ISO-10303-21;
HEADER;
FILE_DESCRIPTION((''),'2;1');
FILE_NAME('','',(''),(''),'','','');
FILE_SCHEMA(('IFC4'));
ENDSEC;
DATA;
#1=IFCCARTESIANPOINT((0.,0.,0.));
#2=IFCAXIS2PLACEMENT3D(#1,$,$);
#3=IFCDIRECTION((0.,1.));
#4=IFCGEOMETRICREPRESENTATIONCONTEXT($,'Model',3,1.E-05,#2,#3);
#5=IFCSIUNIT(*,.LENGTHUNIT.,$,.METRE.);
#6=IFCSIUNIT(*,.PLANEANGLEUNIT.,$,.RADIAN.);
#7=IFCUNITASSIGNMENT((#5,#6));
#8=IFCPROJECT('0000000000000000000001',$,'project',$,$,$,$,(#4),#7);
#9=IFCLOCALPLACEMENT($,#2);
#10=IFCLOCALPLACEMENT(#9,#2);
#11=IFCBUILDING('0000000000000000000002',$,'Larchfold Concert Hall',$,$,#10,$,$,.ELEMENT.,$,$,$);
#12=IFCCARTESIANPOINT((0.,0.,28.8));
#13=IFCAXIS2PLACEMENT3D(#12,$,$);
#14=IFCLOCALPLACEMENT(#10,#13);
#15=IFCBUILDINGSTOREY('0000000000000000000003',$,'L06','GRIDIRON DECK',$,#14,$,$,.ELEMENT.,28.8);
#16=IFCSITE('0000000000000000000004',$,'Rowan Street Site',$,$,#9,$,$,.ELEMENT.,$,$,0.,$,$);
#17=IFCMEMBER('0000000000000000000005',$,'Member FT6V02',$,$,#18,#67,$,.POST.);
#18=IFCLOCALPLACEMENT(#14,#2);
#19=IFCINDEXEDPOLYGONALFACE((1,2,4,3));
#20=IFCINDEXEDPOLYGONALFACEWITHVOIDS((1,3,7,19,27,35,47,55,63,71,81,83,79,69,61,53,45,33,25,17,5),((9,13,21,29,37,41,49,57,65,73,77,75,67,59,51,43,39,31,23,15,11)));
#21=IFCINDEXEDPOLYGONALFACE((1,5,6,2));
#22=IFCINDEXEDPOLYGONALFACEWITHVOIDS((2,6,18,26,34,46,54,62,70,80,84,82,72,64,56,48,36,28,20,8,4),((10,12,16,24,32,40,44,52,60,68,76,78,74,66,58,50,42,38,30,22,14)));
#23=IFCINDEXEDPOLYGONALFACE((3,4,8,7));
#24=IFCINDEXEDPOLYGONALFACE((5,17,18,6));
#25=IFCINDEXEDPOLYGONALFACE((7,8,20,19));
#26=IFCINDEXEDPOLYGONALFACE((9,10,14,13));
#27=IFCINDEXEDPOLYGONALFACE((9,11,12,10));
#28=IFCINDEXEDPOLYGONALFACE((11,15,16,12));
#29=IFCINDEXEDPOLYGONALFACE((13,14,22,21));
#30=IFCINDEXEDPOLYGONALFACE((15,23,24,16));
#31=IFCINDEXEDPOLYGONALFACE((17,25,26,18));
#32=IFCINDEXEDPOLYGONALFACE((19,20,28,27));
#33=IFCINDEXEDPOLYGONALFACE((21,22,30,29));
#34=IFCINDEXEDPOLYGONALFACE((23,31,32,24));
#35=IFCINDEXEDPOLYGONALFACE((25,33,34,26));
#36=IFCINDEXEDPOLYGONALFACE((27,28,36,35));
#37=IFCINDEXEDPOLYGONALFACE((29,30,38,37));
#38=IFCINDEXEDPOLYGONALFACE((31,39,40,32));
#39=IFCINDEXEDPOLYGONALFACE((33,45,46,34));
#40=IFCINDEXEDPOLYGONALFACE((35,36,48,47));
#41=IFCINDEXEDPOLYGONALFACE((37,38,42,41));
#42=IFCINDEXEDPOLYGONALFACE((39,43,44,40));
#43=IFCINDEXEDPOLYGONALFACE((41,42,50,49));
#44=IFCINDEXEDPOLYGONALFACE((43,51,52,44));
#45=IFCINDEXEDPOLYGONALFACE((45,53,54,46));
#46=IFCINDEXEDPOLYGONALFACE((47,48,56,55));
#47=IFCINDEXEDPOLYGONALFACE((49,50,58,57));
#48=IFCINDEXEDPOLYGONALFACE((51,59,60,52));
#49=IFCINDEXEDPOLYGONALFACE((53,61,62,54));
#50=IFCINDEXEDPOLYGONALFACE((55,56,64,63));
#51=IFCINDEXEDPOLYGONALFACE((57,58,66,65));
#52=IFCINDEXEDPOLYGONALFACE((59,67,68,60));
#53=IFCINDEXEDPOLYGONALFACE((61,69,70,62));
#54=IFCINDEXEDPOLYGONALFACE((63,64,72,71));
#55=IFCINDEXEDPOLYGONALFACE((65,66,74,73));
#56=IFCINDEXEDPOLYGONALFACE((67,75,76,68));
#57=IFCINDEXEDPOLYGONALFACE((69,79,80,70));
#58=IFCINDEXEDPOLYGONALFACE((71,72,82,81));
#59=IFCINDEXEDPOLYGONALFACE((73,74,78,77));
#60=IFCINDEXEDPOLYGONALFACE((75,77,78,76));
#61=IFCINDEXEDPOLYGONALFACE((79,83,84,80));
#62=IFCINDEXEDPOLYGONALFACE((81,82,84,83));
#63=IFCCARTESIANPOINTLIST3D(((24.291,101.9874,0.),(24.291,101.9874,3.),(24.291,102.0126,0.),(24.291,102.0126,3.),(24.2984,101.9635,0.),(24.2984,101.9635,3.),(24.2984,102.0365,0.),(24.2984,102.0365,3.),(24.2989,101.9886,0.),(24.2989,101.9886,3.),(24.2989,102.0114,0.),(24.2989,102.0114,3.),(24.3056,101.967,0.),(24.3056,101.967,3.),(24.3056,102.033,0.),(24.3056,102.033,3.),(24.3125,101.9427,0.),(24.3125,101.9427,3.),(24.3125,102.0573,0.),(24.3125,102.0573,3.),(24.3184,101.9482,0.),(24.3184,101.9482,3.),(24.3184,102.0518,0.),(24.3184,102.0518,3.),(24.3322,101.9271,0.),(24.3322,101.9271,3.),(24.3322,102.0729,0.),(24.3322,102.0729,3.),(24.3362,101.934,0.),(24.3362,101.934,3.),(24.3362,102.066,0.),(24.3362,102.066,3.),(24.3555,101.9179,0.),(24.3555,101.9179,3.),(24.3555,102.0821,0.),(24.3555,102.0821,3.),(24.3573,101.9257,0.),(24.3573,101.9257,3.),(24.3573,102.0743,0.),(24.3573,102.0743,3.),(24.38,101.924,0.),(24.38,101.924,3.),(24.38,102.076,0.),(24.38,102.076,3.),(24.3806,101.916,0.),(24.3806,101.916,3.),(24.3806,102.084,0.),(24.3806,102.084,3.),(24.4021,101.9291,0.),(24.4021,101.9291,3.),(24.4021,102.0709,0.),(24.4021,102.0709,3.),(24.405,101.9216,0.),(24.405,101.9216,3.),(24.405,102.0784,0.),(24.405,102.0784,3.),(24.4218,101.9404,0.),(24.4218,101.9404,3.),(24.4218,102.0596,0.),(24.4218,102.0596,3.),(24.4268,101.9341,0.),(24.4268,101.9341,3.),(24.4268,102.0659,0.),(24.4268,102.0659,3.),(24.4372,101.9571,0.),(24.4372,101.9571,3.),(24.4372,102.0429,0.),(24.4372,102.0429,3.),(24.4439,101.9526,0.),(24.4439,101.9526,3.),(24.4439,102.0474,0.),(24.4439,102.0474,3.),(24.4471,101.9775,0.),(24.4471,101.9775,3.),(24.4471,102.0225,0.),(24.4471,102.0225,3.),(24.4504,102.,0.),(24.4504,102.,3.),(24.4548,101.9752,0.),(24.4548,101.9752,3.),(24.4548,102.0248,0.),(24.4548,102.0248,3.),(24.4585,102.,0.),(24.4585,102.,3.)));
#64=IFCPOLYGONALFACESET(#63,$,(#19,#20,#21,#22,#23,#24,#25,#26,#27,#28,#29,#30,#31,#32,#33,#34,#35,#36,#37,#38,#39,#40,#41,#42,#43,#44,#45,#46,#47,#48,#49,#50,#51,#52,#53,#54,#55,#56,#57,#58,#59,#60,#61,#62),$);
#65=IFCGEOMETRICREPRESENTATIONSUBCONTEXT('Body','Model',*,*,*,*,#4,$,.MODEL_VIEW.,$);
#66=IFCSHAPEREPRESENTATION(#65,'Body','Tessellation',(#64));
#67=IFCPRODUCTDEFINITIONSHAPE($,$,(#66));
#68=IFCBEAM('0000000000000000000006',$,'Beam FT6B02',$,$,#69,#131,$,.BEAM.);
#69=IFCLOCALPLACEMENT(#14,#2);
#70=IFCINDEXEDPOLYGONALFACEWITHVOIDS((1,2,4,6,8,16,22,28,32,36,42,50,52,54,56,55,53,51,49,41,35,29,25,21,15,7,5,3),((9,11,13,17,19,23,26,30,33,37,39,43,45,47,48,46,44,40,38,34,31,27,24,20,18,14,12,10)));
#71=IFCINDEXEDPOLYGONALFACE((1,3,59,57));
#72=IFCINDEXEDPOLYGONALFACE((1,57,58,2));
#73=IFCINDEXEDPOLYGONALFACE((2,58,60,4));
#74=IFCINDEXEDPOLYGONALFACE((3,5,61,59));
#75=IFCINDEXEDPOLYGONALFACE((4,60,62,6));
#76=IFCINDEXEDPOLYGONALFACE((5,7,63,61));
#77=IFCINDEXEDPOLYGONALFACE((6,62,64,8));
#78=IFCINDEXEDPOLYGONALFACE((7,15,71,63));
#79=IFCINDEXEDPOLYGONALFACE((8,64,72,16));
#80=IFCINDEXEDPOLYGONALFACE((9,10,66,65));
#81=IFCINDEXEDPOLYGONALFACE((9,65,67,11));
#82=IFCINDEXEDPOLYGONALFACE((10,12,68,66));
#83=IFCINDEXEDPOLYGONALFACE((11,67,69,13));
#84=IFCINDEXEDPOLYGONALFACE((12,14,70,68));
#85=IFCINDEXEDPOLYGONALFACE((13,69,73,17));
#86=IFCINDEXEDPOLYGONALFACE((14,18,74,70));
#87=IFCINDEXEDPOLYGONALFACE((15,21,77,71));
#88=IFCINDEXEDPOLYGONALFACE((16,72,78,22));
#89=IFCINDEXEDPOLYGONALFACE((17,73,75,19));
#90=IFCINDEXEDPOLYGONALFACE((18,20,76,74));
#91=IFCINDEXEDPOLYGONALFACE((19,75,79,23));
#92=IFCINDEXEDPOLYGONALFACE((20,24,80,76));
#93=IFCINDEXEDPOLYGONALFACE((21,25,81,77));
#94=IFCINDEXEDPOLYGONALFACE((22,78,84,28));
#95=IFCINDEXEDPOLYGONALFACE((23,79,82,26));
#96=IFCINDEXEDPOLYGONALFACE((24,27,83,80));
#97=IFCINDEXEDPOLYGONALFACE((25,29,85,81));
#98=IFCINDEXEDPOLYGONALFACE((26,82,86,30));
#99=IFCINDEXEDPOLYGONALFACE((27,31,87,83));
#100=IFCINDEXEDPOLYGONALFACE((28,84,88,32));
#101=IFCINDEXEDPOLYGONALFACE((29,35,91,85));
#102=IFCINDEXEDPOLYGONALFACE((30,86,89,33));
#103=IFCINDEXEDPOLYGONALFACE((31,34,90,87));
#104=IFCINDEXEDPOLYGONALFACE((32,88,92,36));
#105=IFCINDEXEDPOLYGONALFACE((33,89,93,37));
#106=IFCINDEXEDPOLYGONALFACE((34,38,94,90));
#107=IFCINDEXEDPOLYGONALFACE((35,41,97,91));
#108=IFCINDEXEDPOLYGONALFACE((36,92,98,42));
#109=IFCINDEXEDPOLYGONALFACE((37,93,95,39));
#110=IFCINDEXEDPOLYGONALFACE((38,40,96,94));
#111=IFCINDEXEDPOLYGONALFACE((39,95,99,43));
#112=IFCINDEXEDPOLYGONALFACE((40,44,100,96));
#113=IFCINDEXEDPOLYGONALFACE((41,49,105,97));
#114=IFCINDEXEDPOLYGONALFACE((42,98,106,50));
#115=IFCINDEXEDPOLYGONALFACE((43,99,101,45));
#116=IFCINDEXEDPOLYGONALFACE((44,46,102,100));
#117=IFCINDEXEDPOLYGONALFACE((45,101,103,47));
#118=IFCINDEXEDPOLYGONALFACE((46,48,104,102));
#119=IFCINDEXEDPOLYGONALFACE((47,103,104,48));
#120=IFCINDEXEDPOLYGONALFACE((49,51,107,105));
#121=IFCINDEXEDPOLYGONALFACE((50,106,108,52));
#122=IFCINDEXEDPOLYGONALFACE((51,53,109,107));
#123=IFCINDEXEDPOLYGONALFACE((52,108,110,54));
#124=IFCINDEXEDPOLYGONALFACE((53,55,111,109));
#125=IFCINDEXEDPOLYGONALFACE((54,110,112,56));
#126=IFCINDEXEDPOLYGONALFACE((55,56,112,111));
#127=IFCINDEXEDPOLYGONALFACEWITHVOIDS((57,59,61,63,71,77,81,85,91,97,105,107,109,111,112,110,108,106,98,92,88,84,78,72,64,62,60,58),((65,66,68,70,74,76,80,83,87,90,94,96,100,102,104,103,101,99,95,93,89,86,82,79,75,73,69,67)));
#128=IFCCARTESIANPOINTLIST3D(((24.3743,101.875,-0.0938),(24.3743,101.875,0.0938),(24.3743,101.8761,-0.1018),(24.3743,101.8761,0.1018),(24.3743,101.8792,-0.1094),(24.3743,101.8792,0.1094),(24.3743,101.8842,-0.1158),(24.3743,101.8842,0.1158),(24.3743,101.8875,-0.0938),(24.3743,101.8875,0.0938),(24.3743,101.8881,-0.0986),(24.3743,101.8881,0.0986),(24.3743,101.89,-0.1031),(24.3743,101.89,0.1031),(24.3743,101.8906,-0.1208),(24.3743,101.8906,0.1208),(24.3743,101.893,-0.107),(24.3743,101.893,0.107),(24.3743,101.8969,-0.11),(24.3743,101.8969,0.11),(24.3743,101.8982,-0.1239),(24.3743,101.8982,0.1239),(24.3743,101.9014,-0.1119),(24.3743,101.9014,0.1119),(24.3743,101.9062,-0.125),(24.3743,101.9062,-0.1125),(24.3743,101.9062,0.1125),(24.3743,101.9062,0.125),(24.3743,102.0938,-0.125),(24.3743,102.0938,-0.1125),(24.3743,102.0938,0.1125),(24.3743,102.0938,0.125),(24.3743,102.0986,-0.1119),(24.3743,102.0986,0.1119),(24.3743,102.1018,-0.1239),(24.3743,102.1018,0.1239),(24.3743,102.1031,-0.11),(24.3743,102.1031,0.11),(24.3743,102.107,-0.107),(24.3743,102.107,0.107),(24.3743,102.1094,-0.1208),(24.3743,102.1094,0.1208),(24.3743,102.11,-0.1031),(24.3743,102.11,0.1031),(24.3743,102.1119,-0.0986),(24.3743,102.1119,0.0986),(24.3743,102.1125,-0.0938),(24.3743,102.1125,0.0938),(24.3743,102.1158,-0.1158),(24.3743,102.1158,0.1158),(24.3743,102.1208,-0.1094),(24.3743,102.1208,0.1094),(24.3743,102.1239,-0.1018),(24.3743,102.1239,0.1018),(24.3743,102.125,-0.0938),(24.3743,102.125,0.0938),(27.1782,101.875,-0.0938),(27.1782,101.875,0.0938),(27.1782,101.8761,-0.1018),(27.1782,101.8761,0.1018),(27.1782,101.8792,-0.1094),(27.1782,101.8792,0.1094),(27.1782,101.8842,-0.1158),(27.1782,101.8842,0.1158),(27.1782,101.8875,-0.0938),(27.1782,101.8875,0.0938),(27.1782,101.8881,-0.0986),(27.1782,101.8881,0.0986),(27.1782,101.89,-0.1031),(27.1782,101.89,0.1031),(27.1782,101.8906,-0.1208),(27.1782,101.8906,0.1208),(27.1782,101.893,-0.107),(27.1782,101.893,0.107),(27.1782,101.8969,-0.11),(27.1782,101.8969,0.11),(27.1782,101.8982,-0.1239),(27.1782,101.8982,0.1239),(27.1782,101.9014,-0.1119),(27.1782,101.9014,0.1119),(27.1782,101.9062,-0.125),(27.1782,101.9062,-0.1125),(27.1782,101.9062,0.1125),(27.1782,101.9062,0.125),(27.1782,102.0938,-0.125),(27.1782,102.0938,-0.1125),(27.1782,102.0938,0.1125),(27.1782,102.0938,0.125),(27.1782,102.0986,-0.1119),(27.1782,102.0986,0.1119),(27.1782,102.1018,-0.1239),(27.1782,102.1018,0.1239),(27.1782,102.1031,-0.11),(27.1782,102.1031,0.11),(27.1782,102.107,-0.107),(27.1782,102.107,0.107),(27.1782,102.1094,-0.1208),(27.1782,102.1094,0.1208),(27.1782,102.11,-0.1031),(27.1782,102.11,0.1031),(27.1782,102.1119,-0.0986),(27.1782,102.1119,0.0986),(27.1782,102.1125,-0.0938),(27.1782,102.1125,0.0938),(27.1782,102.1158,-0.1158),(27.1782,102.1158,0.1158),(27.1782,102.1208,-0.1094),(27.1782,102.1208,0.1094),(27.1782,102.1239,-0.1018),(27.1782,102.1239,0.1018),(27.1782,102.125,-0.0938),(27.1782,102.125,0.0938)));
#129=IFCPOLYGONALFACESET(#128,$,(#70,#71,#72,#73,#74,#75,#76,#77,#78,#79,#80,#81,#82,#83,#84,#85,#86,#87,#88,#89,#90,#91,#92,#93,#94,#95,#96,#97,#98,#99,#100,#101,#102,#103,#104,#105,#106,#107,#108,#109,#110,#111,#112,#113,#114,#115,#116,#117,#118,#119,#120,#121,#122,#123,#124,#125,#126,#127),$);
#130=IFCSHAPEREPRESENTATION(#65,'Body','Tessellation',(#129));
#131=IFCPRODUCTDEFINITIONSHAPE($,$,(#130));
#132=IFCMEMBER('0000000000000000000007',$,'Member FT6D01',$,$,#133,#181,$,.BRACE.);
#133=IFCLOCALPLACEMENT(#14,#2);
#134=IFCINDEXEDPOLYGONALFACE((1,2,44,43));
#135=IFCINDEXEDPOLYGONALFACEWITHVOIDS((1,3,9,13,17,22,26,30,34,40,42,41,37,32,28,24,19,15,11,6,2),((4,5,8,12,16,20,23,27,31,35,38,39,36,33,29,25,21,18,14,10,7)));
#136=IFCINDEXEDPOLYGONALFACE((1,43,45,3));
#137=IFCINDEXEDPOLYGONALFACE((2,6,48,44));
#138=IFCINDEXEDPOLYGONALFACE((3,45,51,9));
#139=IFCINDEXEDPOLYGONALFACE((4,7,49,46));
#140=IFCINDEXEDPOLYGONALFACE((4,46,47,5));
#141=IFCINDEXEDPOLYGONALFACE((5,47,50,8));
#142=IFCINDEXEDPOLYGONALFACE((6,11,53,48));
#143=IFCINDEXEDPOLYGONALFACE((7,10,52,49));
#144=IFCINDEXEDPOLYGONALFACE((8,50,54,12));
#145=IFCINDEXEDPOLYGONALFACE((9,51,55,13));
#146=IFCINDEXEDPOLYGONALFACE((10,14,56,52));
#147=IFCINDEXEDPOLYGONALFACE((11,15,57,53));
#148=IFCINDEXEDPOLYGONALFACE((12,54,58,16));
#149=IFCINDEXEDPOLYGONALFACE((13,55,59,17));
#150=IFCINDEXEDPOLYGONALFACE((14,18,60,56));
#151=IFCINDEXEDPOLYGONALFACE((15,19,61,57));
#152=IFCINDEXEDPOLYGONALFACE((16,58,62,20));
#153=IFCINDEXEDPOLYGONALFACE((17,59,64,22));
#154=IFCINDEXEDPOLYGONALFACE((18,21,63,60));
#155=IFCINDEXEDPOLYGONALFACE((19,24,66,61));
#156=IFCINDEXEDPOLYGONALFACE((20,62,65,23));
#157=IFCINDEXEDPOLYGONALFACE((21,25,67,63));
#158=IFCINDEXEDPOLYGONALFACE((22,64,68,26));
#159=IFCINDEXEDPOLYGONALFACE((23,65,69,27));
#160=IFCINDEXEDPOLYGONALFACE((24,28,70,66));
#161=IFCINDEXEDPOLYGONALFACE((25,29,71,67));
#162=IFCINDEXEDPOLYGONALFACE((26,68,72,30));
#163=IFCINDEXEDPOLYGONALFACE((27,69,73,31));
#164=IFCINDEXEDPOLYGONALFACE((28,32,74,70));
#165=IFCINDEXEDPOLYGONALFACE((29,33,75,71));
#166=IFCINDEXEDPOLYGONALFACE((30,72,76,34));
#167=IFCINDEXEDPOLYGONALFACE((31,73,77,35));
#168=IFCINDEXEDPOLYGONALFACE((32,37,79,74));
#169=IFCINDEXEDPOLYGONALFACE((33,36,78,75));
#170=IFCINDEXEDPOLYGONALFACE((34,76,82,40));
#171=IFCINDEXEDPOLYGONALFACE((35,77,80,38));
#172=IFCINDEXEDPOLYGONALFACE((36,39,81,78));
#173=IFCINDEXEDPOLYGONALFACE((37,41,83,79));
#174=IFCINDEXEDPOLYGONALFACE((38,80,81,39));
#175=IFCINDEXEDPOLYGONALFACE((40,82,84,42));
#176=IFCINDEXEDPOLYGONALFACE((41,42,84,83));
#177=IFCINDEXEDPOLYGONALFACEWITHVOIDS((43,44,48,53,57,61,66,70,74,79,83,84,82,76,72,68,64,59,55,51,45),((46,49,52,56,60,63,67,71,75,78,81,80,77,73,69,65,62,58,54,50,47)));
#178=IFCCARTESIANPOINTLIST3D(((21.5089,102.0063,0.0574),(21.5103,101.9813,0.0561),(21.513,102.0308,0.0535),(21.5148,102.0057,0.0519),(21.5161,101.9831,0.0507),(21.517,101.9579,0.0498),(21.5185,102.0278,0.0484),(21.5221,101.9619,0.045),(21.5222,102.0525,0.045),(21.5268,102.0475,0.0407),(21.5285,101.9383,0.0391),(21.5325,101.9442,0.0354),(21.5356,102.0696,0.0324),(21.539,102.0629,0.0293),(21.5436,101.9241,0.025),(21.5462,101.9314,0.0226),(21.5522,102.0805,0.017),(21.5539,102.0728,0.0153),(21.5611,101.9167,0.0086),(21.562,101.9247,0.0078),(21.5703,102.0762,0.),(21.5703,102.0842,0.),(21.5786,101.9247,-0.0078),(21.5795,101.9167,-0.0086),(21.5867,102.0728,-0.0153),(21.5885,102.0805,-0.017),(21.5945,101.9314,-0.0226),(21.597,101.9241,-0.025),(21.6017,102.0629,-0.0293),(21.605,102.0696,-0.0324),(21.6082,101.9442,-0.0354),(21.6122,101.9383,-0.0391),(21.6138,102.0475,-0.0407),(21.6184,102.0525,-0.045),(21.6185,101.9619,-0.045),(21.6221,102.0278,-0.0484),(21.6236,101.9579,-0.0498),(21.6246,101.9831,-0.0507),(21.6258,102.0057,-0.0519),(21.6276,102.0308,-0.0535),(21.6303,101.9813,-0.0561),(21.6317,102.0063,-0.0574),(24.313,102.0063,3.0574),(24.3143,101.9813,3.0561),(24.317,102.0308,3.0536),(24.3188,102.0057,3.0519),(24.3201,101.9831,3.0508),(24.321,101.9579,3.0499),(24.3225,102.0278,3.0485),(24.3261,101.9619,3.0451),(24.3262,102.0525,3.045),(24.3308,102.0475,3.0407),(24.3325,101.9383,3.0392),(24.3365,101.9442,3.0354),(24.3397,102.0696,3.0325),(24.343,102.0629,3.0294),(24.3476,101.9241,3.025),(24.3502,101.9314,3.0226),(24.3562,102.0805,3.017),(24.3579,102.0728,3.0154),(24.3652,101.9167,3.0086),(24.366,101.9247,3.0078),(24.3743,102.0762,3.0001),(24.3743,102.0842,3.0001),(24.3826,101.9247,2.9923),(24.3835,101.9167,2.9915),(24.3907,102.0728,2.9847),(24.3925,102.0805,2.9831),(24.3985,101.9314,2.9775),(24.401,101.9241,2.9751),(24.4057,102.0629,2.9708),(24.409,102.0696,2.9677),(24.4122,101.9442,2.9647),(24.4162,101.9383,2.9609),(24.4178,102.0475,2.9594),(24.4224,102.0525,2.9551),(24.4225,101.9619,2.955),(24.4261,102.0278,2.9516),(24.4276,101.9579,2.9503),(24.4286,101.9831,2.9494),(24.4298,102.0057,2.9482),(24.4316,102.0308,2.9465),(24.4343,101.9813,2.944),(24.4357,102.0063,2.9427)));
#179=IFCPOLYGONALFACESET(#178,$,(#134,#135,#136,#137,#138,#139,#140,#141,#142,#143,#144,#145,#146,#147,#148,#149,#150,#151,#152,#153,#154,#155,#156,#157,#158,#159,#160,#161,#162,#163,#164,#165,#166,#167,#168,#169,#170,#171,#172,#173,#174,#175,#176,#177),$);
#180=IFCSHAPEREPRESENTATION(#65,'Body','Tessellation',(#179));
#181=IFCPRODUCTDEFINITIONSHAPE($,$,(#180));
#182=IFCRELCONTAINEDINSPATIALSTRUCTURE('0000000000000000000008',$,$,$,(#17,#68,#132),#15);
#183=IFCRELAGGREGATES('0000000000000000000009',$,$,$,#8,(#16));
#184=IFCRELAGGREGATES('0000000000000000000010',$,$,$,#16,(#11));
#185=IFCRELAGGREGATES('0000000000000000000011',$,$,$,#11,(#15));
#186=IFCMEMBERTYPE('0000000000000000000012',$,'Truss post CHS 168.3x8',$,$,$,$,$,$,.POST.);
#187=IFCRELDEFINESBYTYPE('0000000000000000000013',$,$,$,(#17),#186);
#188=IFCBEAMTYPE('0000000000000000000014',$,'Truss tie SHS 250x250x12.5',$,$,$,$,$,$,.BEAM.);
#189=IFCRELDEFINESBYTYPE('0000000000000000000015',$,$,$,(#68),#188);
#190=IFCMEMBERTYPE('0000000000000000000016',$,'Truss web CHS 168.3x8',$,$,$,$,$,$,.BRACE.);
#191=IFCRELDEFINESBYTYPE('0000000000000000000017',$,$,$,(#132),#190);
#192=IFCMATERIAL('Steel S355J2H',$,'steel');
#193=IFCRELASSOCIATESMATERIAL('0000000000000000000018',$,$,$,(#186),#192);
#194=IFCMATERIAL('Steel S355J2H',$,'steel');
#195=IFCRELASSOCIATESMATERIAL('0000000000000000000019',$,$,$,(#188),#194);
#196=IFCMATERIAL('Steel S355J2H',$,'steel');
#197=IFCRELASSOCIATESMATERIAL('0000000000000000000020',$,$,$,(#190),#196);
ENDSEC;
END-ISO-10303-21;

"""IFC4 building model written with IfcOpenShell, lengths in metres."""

from ifc_helpers import new_model, si_unit, direction, frame, origin, origin_2d, place, context, subcontext, project, spatial, hollow_rectangle, hollow_circle, extrude, material, material_profile, profile_set, type_object, element, save


model = new_model("IFC4")

# Units and contexts
model_context = context("Model", 3, precision=1e-05, world=origin(), true_north=direction((0.0, 1.0)))
body_context = subcontext(model_context, "Body", "Model", "MODEL_VIEW")
ifc_project = project(units=[si_unit("LENGTHUNIT", "METRE"), si_unit("PLANEANGLEUNIT", "RADIAN")], contexts=[model_context])

# Site, building, storey
site_placement = place(None, origin())
site = spatial("IfcSite", under=ifc_project, at=site_placement, Name="Rowan Street Site", CompositionType="ELEMENT", RefElevation=0.0)
building_placement = place(site_placement, origin())
building = spatial("IfcBuilding", under=site, at=building_placement, Name="Larchfold Concert Hall", CompositionType="ELEMENT")
storey_placement = place(building_placement, frame((0.0, 0.0, 28.8)))
storey = spatial("IfcBuildingStorey", under=building, at=storey_placement, Name="L06", Description="GRIDIRON DECK", CompositionType="ELEMENT", Elevation=28.8)

# Member
ifc_material_1 = material(Name="Steel S355J2H", Category="steel")
ifc_material_profile_1 = material_profile(ifc_material_1, hollow_circle(Radius=0.0842, WallThickness=0.0081, at=origin_2d()))
ifc_profile_set_1 = profile_set([ifc_material_profile_1], Name="Steel S355J2H")
member_type_1 = type_object("IfcMemberType", Name="Truss post CHS 168.3x8", PredefinedType="POST", material=ifc_profile_set_1)
member_1_placement = place(storey_placement, frame((24.3743, 102.0, 3.0), z_axis=(0.0, 0.0, -1.0), x_axis=(1.0, 0.0, 0.0)))
element("IfcMember", 1, at=member_1_placement, inside=storey, type_object=member_type_1, Name="Member FT6V02", PredefinedType="POST", context=body_context, shape_type="SweptSolid", body=[
    extrude(hollow_circle(Radius=0.0842, WallThickness=0.0081, at=origin_2d()), origin(), (0.0, 0.0, 1.0), 3.0),
])

# Beam
ifc_material_2 = material(Name="Steel S355J2H", Category="steel")
ifc_material_profile_2 = material_profile(ifc_material_2, hollow_rectangle(XDim=0.25, YDim=0.25, WallThickness=0.0125, InnerFilletRadius=0.0188, OuterFilletRadius=0.0312, at=origin_2d()))
ifc_profile_set_2 = profile_set([ifc_material_profile_2], Name="Steel S355J2H")
beam_type_1 = type_object("IfcBeamType", Name="Truss tie SHS 250x250x12.5", PredefinedType="BEAM", material=ifc_profile_set_2)
beam_1_placement = place(storey_placement, frame((24.3743, 102.0, 0.0), z_axis=(1.0, 0.0, 0.0), x_axis=(0.0, 1.0, 0.0)))
element("IfcBeam", 2, at=beam_1_placement, inside=storey, type_object=beam_type_1, Name="Beam FT6B02", PredefinedType="BEAM", context=body_context, shape_type="SweptSolid", body=[
    extrude(hollow_rectangle(XDim=0.25, YDim=0.25, WallThickness=0.0125, InnerFilletRadius=0.0188, OuterFilletRadius=0.0312, at=origin_2d()), origin(), (0.0, 0.0, 1.0), 2.804),
])

# Member
ifc_material_3 = material(Name="Steel S355J2H", Category="steel")
ifc_material_profile_3 = material_profile(ifc_material_3, hollow_circle(Radius=0.0842, WallThickness=0.0081, at=origin_2d()))
ifc_profile_set_3 = profile_set([ifc_material_profile_3], Name="Steel S355J2H")
member_type_2 = type_object("IfcMemberType", Name="Truss web CHS 168.3x8", PredefinedType="BRACE", material=ifc_profile_set_3)
for number, where, z_axis, x_axis, name in (
    (3, (21.5703, 102.0, 0.0), (0.682833, 0.0, 0.730575), (0.0, 1.0, 0.0), "Member FT6D01"),
):
    element("IfcMember", number, at=place(storey_placement, frame(where, z_axis=z_axis, x_axis=x_axis)), inside=storey, type_object=member_type_2, Name=name, PredefinedType="BRACE", context=body_context, shape_type="SweptSolid", body=[
        extrude(hollow_circle(Radius=0.0842, WallThickness=0.0081, at=origin_2d()), origin(), (0.0, 0.0, 1.0), 4.1064),
    ])

save(model, "model.ifc")
